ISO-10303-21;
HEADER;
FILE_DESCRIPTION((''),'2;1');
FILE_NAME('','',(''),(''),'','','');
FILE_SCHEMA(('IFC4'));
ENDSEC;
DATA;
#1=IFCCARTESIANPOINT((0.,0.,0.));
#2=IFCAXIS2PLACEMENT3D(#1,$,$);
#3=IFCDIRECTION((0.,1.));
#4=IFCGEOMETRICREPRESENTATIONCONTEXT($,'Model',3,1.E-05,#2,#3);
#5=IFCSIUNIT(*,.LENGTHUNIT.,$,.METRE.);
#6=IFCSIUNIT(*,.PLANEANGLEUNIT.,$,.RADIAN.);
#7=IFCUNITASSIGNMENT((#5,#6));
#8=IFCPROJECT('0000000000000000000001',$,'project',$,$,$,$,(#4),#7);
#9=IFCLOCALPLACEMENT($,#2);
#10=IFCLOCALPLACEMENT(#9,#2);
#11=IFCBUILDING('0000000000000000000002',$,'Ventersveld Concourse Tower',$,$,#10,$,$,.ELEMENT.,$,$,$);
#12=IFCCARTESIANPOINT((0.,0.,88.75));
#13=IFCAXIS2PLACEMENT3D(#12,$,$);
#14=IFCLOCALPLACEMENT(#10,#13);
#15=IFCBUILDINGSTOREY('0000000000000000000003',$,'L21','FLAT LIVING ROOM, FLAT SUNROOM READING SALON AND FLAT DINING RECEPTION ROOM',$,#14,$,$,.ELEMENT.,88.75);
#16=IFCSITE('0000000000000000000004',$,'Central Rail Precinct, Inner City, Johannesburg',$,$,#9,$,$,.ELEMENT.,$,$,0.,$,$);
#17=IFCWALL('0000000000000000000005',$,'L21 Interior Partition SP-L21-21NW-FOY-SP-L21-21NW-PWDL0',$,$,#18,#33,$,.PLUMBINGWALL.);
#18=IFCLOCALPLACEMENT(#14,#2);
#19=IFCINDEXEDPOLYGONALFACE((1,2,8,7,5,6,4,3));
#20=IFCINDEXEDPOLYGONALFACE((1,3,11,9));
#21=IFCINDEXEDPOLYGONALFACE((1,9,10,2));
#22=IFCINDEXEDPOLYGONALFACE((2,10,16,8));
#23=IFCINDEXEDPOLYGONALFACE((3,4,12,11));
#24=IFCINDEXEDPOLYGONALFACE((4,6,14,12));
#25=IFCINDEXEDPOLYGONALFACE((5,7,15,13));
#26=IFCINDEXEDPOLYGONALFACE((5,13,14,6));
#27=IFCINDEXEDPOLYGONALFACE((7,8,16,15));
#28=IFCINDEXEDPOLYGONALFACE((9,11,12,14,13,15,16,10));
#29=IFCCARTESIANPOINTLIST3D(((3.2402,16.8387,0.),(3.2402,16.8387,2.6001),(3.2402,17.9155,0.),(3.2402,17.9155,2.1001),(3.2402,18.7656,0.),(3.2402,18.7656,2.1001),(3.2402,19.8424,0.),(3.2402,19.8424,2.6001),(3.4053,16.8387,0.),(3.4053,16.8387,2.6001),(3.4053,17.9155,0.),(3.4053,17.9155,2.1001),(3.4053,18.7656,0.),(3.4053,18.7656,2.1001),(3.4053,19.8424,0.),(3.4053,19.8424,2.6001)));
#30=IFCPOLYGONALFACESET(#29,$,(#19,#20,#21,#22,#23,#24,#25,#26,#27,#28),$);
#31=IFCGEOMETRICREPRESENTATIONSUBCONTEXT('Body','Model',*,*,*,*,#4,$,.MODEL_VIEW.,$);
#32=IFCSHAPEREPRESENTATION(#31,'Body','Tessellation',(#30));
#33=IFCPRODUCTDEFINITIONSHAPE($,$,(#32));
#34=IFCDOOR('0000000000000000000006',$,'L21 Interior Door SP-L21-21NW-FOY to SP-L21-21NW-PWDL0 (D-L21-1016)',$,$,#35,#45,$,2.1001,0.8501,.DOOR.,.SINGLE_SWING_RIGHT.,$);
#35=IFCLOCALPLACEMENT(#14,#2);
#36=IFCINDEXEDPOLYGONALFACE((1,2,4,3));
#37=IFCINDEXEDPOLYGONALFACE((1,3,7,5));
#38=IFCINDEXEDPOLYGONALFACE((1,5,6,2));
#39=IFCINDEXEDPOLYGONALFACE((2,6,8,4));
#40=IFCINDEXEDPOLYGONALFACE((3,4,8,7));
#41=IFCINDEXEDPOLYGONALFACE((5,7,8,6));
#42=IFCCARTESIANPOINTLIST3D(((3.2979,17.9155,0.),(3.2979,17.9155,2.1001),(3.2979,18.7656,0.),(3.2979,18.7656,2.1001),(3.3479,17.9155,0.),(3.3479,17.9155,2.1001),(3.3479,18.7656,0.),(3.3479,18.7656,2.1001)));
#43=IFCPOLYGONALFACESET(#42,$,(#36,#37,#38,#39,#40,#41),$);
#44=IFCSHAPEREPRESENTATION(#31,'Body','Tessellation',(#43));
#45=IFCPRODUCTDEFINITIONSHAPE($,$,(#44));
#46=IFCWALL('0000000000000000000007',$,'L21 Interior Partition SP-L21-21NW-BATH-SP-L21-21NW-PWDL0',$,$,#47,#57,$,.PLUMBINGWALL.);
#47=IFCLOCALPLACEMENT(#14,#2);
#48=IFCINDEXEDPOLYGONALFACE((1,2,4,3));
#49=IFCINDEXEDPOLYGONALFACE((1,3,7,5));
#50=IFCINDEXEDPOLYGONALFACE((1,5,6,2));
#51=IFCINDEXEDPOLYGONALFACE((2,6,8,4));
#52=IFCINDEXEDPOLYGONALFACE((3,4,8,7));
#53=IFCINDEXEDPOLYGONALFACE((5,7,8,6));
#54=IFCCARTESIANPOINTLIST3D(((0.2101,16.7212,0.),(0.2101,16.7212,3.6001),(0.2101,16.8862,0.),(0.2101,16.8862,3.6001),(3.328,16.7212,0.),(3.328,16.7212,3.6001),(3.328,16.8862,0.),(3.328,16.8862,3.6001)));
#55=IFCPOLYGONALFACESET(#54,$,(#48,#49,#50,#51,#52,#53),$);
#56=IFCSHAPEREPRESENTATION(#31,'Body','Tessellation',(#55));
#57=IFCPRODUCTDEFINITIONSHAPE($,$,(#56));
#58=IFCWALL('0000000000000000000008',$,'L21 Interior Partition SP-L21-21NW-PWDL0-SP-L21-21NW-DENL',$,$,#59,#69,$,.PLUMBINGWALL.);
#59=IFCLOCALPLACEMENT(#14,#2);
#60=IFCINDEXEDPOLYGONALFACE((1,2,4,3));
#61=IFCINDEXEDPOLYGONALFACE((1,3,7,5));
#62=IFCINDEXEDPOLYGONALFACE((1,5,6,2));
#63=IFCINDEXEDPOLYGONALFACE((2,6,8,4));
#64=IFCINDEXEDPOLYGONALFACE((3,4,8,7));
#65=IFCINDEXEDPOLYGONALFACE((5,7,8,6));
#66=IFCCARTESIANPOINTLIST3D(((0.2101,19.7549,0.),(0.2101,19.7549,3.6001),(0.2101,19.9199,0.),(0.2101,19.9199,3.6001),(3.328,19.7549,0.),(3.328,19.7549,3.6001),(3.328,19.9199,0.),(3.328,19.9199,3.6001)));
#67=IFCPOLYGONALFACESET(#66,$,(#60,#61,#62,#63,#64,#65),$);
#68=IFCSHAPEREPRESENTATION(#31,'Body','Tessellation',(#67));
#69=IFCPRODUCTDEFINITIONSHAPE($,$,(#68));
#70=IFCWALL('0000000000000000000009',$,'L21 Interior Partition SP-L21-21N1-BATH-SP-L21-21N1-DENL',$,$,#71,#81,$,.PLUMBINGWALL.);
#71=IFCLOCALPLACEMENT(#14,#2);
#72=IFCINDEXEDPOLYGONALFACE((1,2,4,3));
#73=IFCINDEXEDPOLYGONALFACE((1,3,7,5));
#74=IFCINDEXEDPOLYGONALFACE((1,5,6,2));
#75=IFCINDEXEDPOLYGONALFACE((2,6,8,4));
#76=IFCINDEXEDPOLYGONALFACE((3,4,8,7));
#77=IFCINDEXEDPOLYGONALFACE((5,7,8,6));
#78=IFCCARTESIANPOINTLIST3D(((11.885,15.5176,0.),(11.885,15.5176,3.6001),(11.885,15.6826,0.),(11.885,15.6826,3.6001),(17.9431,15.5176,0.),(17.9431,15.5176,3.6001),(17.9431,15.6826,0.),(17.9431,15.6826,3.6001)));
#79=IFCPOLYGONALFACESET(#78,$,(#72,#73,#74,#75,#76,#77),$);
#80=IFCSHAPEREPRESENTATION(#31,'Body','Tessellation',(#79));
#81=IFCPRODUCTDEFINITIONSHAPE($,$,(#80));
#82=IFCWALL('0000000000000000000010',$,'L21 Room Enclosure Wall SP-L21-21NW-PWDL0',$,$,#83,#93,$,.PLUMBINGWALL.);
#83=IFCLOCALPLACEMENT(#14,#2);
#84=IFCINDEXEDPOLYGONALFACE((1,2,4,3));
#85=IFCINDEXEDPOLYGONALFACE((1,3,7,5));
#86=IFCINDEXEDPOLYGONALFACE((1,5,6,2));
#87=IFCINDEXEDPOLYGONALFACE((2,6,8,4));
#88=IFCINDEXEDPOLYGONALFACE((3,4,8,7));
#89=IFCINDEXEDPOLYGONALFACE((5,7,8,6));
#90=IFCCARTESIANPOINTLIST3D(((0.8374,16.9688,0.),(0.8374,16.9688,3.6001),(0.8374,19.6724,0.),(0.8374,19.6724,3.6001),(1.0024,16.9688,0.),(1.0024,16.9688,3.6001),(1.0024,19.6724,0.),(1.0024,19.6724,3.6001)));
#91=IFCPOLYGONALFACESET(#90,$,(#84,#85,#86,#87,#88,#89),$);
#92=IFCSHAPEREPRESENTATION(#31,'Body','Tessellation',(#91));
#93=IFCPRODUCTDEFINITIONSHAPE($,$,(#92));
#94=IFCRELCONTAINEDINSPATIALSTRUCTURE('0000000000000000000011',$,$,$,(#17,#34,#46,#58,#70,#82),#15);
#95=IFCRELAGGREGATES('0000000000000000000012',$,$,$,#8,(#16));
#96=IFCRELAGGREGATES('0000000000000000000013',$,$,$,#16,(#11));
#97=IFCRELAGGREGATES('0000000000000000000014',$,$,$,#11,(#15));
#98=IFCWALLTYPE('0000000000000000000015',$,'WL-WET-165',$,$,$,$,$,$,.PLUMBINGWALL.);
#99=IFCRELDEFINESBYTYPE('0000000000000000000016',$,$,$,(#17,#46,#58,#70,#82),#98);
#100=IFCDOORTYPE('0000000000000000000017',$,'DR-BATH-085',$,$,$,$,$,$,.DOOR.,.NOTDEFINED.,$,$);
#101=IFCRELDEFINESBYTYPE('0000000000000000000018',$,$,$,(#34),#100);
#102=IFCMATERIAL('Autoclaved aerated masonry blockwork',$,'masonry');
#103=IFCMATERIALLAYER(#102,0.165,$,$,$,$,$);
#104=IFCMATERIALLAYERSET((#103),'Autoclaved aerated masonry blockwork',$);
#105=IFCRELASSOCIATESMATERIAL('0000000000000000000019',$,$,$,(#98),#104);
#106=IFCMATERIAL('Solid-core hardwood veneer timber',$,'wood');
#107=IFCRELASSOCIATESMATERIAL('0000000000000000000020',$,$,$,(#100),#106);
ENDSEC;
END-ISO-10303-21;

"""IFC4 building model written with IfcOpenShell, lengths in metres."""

from ifc_helpers import new_model, si_unit, direction, frame, frame_2d, origin, place, context, subcontext, project, spatial, rectangle, extrude, material, layer, layer_set, type_object, element, fill, save


model = new_model("IFC4")

# Units and contexts
model_context = context("Model", 3, precision=1e-05, world=origin(), true_north=direction((0.0, 1.0)))
body_context = subcontext(model_context, "Body", "Model", "MODEL_VIEW")
ifc_project = project(units=[si_unit("LENGTHUNIT", "METRE"), si_unit("PLANEANGLEUNIT", "RADIAN")], contexts=[model_context])

# Site, building, storey
site_placement = place(None, origin())
site = spatial("IfcSite", under=ifc_project, at=site_placement, Name="Central Rail Precinct, Inner City, Johannesburg", CompositionType="ELEMENT", RefElevation=0.0)
building_placement = place(site_placement, origin())
building = spatial("IfcBuilding", under=site, at=building_placement, Name="Ventersveld Concourse Tower", CompositionType="ELEMENT")
storey_placement = place(building_placement, frame((0.0, 0.0, 88.75)))
storey = spatial("IfcBuildingStorey", under=building, at=storey_placement, Name="L21", Description="FLAT LIVING ROOM, FLAT SUNROOM READING SALON AND FLAT DINING RECEPTION ROOM", CompositionType="ELEMENT", Elevation=88.75)

# Shared definitions
ifc_material_1 = material(Name="Autoclaved aerated masonry blockwork", Category="masonry")
ifc_material_2 = material(Name="Solid-core hardwood veneer timber", Category="wood")

# Wall, opening, door
ifc_layer_1 = layer(ifc_material_1, 0.165)
ifc_layer_set_1 = layer_set([ifc_layer_1], Name="Autoclaved aerated masonry blockwork")
wall_type_1 = type_object("IfcWallType", Name="WL-WET-165", PredefinedType="PLUMBINGWALL", material=ifc_layer_set_1)
wall_1_placement = place(storey_placement, frame((3.3228, 16.8386, 0.0), z_axis=(0.0, 0.0, 1.0), x_axis=(0.0, 1.0, 0.0)))
wall_1 = element("IfcWall", 1, at=wall_1_placement, inside=storey, type_object=wall_type_1, Name="L21 Interior Partition SP-L21-21NW-FOY-SP-L21-21NW-PWDL0", PredefinedType="PLUMBINGWALL", context=body_context, shape_type="SweptSolid", body=[
    extrude(rectangle(XDim=3.0037, YDim=0.165, at=frame_2d((1.502, 0.0))), origin(), (0.0, 0.0, 1.0), 2.6001),
])
opening_1_placement = place(wall_1_placement, frame((1.0769, 0.0, 0.0)))
opening_1 = element("IfcOpeningElement", 2, at=opening_1_placement, cuts=wall_1, PredefinedType="OPENING", context=body_context, shape_type="SweptSolid", body=[
    extrude(rectangle(XDim=0.8501, YDim=2.1001, at=frame_2d((0.425, 1.05))), frame((0.0, 0.0925, 0.0), z_axis=(0.0, -1.0, 0.0), x_axis=(1.0, 0.0, 0.0)), (0.0, 0.0, 1.0), 0.1851),
])
door_type_1 = type_object("IfcDoorType", Name="DR-BATH-085", OperationType="NOTDEFINED", PredefinedType="DOOR", material=ifc_material_2)
door_1_placement = place(opening_1_placement, origin())
door_1 = element("IfcDoor", 3, at=door_1_placement, inside=storey, type_object=door_type_1, Name="L21 Interior Door SP-L21-21NW-FOY to SP-L21-21NW-PWDL0 (D-L21-1016)", OperationType="SINGLE_SWING_RIGHT", OverallHeight=2.1001, OverallWidth=0.8501, PredefinedType="DOOR", context=body_context, shape_type="SweptSolid", body=[
    extrude(rectangle(XDim=0.8501, YDim=2.1001, at=frame_2d((0.425, 1.05))), frame((0.0, 0.0249, 0.0), z_axis=(0.0, -1.0, 0.0), x_axis=(1.0, 0.0, 0.0)), (0.0, 0.0, 1.0), 0.05),
])
fill(opening_1, door_1)

# Walls
for number, where, z_axis, x_axis, name in (
    (4, (0.21, 16.8037, 0.0), (0.0, 0.0, 1.0), (1.0, 0.0, 0.0), "L21 Interior Partition SP-L21-21NW-BATH-SP-L21-21NW-PWDL0"),
    (5, (0.21, 19.8374, 0.0), (0.0, 0.0, 1.0), (1.0, 0.0, 0.0), "L21 Interior Partition SP-L21-21NW-PWDL0-SP-L21-21NW-DENL"),
):
    element("IfcWall", number, at=place(storey_placement, frame(where, z_axis=z_axis, x_axis=x_axis)), inside=storey, type_object=wall_type_1, Name=name, PredefinedType="PLUMBINGWALL", context=body_context, shape_type="SweptSolid", body=[
        extrude(rectangle(XDim=3.1179, YDim=0.165, at=frame_2d((1.5591, 0.0))), origin(), (0.0, 0.0, 1.0), 3.6001),
    ])
wall_2_placement = place(storey_placement, frame((11.885, 15.6001, 0.0), z_axis=(0.0, 0.0, 1.0), x_axis=(1.0, 0.0, 0.0)))
element("IfcWall", 6, at=wall_2_placement, inside=storey, type_object=wall_type_1, Name="L21 Interior Partition SP-L21-21N1-BATH-SP-L21-21N1-DENL", PredefinedType="PLUMBINGWALL", context=body_context, shape_type="SweptSolid", body=[
    extrude(rectangle(XDim=6.0581, YDim=0.165, at=frame_2d((3.0291, 0.0))), origin(), (0.0, 0.0, 1.0), 3.6001),
])
wall_3_placement = place(storey_placement, frame((0.9199, 16.9688, 0.0), z_axis=(0.0, 0.0, 1.0), x_axis=(0.0, 1.0, 0.0)))
element("IfcWall", 7, at=wall_3_placement, inside=storey, type_object=wall_type_1, Name="L21 Room Enclosure Wall SP-L21-21NW-PWDL0", PredefinedType="PLUMBINGWALL", context=body_context, shape_type="SweptSolid", body=[
    extrude(rectangle(XDim=2.7036, YDim=0.165, at=frame_2d((1.3518, 0.0))), origin(), (0.0, 0.0, 1.0), 3.6001),
])

save(model, "model.ifc")
